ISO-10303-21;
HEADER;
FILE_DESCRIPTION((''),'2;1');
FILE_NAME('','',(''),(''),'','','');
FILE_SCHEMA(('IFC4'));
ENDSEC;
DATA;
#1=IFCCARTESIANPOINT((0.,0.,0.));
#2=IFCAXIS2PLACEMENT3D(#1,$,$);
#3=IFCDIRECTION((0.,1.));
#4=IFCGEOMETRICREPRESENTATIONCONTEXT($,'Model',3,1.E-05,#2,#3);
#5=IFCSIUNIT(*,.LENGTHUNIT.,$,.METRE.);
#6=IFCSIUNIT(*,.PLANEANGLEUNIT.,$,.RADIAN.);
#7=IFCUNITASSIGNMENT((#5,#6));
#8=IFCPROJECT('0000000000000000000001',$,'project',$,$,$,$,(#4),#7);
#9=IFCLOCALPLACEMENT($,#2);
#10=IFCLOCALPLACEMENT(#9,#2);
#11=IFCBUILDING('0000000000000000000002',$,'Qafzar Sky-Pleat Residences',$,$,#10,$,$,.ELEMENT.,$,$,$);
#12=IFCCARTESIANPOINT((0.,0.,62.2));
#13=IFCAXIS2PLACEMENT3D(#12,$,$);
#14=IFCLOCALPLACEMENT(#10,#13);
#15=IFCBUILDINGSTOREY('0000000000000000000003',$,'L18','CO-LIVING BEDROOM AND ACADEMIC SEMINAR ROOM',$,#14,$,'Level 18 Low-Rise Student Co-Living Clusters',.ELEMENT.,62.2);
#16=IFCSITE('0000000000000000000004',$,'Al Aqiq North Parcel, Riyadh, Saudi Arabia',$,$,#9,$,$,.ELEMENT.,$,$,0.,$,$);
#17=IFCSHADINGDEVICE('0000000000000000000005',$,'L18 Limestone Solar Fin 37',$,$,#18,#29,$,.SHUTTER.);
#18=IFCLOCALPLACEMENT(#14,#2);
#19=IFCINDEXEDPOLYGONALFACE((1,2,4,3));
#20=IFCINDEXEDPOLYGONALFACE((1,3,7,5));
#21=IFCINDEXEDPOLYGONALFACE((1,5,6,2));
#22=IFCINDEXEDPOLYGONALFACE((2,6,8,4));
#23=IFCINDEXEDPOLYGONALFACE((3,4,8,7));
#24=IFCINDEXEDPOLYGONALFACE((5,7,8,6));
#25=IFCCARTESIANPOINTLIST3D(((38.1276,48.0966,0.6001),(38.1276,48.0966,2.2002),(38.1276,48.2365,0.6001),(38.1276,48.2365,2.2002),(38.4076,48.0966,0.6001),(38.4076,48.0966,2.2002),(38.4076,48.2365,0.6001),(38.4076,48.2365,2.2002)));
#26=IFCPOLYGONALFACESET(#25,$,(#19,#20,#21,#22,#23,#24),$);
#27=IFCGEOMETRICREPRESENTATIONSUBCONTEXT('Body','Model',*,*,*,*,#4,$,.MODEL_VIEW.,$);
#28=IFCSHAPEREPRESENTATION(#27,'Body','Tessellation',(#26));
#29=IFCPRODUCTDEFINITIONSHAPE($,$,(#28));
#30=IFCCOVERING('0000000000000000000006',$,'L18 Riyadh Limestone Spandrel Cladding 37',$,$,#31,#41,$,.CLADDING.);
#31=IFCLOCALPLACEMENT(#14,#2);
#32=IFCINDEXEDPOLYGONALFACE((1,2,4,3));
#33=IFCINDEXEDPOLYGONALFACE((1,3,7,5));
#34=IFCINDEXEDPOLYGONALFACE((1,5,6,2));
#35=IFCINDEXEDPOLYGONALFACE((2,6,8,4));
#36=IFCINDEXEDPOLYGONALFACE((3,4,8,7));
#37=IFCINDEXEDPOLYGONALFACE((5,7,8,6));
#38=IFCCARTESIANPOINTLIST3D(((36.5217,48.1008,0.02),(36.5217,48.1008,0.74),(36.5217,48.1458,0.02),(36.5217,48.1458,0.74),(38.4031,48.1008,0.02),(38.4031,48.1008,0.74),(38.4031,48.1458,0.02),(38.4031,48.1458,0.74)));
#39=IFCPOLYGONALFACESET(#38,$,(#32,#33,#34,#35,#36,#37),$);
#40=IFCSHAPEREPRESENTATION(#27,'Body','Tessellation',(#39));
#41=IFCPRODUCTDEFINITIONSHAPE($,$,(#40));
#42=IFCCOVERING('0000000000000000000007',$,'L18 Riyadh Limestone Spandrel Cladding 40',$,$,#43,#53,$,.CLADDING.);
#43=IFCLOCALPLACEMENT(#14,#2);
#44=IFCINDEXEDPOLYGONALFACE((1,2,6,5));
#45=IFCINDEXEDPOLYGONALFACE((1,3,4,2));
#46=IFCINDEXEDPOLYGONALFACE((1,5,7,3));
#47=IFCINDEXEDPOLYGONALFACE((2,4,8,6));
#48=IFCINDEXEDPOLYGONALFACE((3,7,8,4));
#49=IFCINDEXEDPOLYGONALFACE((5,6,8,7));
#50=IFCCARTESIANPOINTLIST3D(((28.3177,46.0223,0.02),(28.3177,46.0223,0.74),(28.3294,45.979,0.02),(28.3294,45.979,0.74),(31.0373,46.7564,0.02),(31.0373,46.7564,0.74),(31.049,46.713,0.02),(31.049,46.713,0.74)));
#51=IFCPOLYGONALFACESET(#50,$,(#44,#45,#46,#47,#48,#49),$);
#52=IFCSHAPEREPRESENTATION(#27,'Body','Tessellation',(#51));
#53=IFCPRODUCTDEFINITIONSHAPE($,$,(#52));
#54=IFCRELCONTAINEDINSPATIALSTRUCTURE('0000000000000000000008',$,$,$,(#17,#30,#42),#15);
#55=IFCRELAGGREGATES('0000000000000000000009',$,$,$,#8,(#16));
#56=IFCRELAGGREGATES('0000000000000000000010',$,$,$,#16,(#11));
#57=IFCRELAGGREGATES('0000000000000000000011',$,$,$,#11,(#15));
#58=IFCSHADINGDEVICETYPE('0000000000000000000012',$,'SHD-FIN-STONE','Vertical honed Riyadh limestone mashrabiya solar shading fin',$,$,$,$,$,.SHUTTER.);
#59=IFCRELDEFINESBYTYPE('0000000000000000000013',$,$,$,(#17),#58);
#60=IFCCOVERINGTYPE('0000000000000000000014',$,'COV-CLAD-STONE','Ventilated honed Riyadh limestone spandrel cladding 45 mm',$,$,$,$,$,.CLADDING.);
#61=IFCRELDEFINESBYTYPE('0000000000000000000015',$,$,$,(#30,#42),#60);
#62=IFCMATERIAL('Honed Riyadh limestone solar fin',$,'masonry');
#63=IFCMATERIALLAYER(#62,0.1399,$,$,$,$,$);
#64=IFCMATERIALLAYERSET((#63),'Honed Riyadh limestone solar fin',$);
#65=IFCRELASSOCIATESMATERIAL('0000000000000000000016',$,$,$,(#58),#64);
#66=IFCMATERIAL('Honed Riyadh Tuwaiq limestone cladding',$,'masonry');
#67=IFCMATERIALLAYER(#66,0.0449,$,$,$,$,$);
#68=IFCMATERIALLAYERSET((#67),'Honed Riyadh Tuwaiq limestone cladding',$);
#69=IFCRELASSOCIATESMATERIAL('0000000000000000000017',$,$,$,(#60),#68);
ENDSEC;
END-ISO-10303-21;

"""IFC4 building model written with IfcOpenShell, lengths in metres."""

from ifc_helpers import new_model, si_unit, direction, frame, origin, origin_2d, place, context, subcontext, project, spatial, rectangle, extrude, source, transform, mapped, material, layer, layer_set, type_object, element, save


model = new_model("IFC4")

# Units and contexts
model_context = context("Model", 3, precision=1e-05, world=origin(), true_north=direction((0.0, 1.0)))
body_context = subcontext(model_context, "Body", "Model", "MODEL_VIEW")
ifc_project = project(units=[si_unit("LENGTHUNIT", "METRE"), si_unit("PLANEANGLEUNIT", "RADIAN")], contexts=[model_context])

# Site, building, storey
site_placement = place(None, origin())
site = spatial("IfcSite", under=ifc_project, at=site_placement, Name="Al Aqiq North Parcel, Riyadh, Saudi Arabia", CompositionType="ELEMENT", RefElevation=0.0)
building_placement = place(site_placement, origin())
building = spatial("IfcBuilding", under=site, at=building_placement, Name="Qafzar Sky-Pleat Residences", CompositionType="ELEMENT")
storey_placement = place(building_placement, frame((0.0, 0.0, 62.2)))
storey = spatial("IfcBuildingStorey", under=building, at=storey_placement, Name="L18", Description="CO-LIVING BEDROOM AND ACADEMIC SEMINAR ROOM", LongName="Level 18 Low-Rise Student Co-Living Clusters", CompositionType="ELEMENT", Elevation=62.2)

# Shading device
ifc_material_1 = material(Name="Honed Riyadh limestone solar fin", Category="masonry")
ifc_layer_1 = layer(ifc_material_1, 0.1399)
ifc_layer_set_1 = layer_set([ifc_layer_1], Name="Honed Riyadh limestone solar fin")
shading_device_type = type_object("IfcShadingDeviceType", Name="SHD-FIN-STONE", Description="Vertical honed Riyadh limestone mashrabiya solar shading fin", PredefinedType="SHUTTER", material=ifc_layer_set_1)
shared_shape_1 = source(origin(), body_context, "Body", "SweptSolid", [
    extrude(rectangle(XDim=0.1399, YDim=0.28, at=origin_2d()), origin(), (0.0, 0.0, 1.0), 1.6001),
])
shading_device_placement = place(storey_placement, frame((38.2676, 48.1665, 0.6001), z_axis=(0.0, 0.0, 1.0), x_axis=(0.0, 1.0, 0.0)))
element("IfcShadingDevice", 1, at=shading_device_placement, inside=storey, type_object=shading_device_type, Name="L18 Limestone Solar Fin 37", PredefinedType="SHUTTER", context=body_context, shape_type="MappedRepresentation", body=[
    mapped(shared_shape_1, transform((0.0, 0.0, 0.0), x_axis=(1.0, 0.0, 0.0), y_axis=(0.0, 1.0, 0.0), z_axis=(0.0, 0.0, 1.0), scale=1.0)),
])

# Covering
ifc_material_2 = material(Name="Honed Riyadh Tuwaiq limestone cladding", Category="masonry")
ifc_layer_2 = layer(ifc_material_2, 0.0449)
ifc_layer_set_2 = layer_set([ifc_layer_2], Name="Honed Riyadh Tuwaiq limestone cladding")
covering_type = type_object("IfcCoveringType", Name="COV-CLAD-STONE", Description="Ventilated honed Riyadh limestone spandrel cladding 45 mm", PredefinedType="CLADDING", material=ifc_layer_set_2)
shared_shape_2 = source(origin(), body_context, "Body", "SweptSolid", [
    extrude(rectangle(XDim=1.8813, YDim=0.0449, at=origin_2d()), origin(), (0.0, 0.0, 1.0), 0.72),
])
covering_1_placement = place(storey_placement, frame((37.4624, 48.1233, 0.02), z_axis=(0.0, 0.0, 1.0), x_axis=(-1.0, 0.0, 0.0)))
element("IfcCovering", 2, at=covering_1_placement, inside=storey, type_object=covering_type, Name="L18 Riyadh Limestone Spandrel Cladding 37", PredefinedType="CLADDING", context=body_context, shape_type="MappedRepresentation", body=[
    mapped(shared_shape_2, transform((0.0, 0.0, 0.0), x_axis=(1.0, 0.0, 0.0), y_axis=(0.0, 1.0, 0.0), z_axis=(0.0, 0.0, 1.0), scale=1.0)),
])

# Covering
shared_shape_3 = source(origin(), body_context, "Body", "SweptSolid", [
    extrude(rectangle(XDim=2.8169, YDim=0.0449, at=origin_2d()), origin(), (0.0, 0.0, 1.0), 0.72),
])
covering_2_placement = place(storey_placement, frame((29.6833, 46.3677, 0.02), z_axis=(0.0, 0.0, 1.0), x_axis=(-0.965452, -0.260581, 0.0)))
element("IfcCovering", 3, at=covering_2_placement, inside=storey, type_object=covering_type, Name="L18 Riyadh Limestone Spandrel Cladding 40", PredefinedType="CLADDING", context=body_context, shape_type="MappedRepresentation", body=[
    mapped(shared_shape_3, transform((0.0, 0.0, 0.0), x_axis=(1.0, 0.0, 0.0), y_axis=(0.0, 1.0, 0.0), z_axis=(0.0, 0.0, 1.0), scale=1.0)),
])

save(model, "model.ifc")
